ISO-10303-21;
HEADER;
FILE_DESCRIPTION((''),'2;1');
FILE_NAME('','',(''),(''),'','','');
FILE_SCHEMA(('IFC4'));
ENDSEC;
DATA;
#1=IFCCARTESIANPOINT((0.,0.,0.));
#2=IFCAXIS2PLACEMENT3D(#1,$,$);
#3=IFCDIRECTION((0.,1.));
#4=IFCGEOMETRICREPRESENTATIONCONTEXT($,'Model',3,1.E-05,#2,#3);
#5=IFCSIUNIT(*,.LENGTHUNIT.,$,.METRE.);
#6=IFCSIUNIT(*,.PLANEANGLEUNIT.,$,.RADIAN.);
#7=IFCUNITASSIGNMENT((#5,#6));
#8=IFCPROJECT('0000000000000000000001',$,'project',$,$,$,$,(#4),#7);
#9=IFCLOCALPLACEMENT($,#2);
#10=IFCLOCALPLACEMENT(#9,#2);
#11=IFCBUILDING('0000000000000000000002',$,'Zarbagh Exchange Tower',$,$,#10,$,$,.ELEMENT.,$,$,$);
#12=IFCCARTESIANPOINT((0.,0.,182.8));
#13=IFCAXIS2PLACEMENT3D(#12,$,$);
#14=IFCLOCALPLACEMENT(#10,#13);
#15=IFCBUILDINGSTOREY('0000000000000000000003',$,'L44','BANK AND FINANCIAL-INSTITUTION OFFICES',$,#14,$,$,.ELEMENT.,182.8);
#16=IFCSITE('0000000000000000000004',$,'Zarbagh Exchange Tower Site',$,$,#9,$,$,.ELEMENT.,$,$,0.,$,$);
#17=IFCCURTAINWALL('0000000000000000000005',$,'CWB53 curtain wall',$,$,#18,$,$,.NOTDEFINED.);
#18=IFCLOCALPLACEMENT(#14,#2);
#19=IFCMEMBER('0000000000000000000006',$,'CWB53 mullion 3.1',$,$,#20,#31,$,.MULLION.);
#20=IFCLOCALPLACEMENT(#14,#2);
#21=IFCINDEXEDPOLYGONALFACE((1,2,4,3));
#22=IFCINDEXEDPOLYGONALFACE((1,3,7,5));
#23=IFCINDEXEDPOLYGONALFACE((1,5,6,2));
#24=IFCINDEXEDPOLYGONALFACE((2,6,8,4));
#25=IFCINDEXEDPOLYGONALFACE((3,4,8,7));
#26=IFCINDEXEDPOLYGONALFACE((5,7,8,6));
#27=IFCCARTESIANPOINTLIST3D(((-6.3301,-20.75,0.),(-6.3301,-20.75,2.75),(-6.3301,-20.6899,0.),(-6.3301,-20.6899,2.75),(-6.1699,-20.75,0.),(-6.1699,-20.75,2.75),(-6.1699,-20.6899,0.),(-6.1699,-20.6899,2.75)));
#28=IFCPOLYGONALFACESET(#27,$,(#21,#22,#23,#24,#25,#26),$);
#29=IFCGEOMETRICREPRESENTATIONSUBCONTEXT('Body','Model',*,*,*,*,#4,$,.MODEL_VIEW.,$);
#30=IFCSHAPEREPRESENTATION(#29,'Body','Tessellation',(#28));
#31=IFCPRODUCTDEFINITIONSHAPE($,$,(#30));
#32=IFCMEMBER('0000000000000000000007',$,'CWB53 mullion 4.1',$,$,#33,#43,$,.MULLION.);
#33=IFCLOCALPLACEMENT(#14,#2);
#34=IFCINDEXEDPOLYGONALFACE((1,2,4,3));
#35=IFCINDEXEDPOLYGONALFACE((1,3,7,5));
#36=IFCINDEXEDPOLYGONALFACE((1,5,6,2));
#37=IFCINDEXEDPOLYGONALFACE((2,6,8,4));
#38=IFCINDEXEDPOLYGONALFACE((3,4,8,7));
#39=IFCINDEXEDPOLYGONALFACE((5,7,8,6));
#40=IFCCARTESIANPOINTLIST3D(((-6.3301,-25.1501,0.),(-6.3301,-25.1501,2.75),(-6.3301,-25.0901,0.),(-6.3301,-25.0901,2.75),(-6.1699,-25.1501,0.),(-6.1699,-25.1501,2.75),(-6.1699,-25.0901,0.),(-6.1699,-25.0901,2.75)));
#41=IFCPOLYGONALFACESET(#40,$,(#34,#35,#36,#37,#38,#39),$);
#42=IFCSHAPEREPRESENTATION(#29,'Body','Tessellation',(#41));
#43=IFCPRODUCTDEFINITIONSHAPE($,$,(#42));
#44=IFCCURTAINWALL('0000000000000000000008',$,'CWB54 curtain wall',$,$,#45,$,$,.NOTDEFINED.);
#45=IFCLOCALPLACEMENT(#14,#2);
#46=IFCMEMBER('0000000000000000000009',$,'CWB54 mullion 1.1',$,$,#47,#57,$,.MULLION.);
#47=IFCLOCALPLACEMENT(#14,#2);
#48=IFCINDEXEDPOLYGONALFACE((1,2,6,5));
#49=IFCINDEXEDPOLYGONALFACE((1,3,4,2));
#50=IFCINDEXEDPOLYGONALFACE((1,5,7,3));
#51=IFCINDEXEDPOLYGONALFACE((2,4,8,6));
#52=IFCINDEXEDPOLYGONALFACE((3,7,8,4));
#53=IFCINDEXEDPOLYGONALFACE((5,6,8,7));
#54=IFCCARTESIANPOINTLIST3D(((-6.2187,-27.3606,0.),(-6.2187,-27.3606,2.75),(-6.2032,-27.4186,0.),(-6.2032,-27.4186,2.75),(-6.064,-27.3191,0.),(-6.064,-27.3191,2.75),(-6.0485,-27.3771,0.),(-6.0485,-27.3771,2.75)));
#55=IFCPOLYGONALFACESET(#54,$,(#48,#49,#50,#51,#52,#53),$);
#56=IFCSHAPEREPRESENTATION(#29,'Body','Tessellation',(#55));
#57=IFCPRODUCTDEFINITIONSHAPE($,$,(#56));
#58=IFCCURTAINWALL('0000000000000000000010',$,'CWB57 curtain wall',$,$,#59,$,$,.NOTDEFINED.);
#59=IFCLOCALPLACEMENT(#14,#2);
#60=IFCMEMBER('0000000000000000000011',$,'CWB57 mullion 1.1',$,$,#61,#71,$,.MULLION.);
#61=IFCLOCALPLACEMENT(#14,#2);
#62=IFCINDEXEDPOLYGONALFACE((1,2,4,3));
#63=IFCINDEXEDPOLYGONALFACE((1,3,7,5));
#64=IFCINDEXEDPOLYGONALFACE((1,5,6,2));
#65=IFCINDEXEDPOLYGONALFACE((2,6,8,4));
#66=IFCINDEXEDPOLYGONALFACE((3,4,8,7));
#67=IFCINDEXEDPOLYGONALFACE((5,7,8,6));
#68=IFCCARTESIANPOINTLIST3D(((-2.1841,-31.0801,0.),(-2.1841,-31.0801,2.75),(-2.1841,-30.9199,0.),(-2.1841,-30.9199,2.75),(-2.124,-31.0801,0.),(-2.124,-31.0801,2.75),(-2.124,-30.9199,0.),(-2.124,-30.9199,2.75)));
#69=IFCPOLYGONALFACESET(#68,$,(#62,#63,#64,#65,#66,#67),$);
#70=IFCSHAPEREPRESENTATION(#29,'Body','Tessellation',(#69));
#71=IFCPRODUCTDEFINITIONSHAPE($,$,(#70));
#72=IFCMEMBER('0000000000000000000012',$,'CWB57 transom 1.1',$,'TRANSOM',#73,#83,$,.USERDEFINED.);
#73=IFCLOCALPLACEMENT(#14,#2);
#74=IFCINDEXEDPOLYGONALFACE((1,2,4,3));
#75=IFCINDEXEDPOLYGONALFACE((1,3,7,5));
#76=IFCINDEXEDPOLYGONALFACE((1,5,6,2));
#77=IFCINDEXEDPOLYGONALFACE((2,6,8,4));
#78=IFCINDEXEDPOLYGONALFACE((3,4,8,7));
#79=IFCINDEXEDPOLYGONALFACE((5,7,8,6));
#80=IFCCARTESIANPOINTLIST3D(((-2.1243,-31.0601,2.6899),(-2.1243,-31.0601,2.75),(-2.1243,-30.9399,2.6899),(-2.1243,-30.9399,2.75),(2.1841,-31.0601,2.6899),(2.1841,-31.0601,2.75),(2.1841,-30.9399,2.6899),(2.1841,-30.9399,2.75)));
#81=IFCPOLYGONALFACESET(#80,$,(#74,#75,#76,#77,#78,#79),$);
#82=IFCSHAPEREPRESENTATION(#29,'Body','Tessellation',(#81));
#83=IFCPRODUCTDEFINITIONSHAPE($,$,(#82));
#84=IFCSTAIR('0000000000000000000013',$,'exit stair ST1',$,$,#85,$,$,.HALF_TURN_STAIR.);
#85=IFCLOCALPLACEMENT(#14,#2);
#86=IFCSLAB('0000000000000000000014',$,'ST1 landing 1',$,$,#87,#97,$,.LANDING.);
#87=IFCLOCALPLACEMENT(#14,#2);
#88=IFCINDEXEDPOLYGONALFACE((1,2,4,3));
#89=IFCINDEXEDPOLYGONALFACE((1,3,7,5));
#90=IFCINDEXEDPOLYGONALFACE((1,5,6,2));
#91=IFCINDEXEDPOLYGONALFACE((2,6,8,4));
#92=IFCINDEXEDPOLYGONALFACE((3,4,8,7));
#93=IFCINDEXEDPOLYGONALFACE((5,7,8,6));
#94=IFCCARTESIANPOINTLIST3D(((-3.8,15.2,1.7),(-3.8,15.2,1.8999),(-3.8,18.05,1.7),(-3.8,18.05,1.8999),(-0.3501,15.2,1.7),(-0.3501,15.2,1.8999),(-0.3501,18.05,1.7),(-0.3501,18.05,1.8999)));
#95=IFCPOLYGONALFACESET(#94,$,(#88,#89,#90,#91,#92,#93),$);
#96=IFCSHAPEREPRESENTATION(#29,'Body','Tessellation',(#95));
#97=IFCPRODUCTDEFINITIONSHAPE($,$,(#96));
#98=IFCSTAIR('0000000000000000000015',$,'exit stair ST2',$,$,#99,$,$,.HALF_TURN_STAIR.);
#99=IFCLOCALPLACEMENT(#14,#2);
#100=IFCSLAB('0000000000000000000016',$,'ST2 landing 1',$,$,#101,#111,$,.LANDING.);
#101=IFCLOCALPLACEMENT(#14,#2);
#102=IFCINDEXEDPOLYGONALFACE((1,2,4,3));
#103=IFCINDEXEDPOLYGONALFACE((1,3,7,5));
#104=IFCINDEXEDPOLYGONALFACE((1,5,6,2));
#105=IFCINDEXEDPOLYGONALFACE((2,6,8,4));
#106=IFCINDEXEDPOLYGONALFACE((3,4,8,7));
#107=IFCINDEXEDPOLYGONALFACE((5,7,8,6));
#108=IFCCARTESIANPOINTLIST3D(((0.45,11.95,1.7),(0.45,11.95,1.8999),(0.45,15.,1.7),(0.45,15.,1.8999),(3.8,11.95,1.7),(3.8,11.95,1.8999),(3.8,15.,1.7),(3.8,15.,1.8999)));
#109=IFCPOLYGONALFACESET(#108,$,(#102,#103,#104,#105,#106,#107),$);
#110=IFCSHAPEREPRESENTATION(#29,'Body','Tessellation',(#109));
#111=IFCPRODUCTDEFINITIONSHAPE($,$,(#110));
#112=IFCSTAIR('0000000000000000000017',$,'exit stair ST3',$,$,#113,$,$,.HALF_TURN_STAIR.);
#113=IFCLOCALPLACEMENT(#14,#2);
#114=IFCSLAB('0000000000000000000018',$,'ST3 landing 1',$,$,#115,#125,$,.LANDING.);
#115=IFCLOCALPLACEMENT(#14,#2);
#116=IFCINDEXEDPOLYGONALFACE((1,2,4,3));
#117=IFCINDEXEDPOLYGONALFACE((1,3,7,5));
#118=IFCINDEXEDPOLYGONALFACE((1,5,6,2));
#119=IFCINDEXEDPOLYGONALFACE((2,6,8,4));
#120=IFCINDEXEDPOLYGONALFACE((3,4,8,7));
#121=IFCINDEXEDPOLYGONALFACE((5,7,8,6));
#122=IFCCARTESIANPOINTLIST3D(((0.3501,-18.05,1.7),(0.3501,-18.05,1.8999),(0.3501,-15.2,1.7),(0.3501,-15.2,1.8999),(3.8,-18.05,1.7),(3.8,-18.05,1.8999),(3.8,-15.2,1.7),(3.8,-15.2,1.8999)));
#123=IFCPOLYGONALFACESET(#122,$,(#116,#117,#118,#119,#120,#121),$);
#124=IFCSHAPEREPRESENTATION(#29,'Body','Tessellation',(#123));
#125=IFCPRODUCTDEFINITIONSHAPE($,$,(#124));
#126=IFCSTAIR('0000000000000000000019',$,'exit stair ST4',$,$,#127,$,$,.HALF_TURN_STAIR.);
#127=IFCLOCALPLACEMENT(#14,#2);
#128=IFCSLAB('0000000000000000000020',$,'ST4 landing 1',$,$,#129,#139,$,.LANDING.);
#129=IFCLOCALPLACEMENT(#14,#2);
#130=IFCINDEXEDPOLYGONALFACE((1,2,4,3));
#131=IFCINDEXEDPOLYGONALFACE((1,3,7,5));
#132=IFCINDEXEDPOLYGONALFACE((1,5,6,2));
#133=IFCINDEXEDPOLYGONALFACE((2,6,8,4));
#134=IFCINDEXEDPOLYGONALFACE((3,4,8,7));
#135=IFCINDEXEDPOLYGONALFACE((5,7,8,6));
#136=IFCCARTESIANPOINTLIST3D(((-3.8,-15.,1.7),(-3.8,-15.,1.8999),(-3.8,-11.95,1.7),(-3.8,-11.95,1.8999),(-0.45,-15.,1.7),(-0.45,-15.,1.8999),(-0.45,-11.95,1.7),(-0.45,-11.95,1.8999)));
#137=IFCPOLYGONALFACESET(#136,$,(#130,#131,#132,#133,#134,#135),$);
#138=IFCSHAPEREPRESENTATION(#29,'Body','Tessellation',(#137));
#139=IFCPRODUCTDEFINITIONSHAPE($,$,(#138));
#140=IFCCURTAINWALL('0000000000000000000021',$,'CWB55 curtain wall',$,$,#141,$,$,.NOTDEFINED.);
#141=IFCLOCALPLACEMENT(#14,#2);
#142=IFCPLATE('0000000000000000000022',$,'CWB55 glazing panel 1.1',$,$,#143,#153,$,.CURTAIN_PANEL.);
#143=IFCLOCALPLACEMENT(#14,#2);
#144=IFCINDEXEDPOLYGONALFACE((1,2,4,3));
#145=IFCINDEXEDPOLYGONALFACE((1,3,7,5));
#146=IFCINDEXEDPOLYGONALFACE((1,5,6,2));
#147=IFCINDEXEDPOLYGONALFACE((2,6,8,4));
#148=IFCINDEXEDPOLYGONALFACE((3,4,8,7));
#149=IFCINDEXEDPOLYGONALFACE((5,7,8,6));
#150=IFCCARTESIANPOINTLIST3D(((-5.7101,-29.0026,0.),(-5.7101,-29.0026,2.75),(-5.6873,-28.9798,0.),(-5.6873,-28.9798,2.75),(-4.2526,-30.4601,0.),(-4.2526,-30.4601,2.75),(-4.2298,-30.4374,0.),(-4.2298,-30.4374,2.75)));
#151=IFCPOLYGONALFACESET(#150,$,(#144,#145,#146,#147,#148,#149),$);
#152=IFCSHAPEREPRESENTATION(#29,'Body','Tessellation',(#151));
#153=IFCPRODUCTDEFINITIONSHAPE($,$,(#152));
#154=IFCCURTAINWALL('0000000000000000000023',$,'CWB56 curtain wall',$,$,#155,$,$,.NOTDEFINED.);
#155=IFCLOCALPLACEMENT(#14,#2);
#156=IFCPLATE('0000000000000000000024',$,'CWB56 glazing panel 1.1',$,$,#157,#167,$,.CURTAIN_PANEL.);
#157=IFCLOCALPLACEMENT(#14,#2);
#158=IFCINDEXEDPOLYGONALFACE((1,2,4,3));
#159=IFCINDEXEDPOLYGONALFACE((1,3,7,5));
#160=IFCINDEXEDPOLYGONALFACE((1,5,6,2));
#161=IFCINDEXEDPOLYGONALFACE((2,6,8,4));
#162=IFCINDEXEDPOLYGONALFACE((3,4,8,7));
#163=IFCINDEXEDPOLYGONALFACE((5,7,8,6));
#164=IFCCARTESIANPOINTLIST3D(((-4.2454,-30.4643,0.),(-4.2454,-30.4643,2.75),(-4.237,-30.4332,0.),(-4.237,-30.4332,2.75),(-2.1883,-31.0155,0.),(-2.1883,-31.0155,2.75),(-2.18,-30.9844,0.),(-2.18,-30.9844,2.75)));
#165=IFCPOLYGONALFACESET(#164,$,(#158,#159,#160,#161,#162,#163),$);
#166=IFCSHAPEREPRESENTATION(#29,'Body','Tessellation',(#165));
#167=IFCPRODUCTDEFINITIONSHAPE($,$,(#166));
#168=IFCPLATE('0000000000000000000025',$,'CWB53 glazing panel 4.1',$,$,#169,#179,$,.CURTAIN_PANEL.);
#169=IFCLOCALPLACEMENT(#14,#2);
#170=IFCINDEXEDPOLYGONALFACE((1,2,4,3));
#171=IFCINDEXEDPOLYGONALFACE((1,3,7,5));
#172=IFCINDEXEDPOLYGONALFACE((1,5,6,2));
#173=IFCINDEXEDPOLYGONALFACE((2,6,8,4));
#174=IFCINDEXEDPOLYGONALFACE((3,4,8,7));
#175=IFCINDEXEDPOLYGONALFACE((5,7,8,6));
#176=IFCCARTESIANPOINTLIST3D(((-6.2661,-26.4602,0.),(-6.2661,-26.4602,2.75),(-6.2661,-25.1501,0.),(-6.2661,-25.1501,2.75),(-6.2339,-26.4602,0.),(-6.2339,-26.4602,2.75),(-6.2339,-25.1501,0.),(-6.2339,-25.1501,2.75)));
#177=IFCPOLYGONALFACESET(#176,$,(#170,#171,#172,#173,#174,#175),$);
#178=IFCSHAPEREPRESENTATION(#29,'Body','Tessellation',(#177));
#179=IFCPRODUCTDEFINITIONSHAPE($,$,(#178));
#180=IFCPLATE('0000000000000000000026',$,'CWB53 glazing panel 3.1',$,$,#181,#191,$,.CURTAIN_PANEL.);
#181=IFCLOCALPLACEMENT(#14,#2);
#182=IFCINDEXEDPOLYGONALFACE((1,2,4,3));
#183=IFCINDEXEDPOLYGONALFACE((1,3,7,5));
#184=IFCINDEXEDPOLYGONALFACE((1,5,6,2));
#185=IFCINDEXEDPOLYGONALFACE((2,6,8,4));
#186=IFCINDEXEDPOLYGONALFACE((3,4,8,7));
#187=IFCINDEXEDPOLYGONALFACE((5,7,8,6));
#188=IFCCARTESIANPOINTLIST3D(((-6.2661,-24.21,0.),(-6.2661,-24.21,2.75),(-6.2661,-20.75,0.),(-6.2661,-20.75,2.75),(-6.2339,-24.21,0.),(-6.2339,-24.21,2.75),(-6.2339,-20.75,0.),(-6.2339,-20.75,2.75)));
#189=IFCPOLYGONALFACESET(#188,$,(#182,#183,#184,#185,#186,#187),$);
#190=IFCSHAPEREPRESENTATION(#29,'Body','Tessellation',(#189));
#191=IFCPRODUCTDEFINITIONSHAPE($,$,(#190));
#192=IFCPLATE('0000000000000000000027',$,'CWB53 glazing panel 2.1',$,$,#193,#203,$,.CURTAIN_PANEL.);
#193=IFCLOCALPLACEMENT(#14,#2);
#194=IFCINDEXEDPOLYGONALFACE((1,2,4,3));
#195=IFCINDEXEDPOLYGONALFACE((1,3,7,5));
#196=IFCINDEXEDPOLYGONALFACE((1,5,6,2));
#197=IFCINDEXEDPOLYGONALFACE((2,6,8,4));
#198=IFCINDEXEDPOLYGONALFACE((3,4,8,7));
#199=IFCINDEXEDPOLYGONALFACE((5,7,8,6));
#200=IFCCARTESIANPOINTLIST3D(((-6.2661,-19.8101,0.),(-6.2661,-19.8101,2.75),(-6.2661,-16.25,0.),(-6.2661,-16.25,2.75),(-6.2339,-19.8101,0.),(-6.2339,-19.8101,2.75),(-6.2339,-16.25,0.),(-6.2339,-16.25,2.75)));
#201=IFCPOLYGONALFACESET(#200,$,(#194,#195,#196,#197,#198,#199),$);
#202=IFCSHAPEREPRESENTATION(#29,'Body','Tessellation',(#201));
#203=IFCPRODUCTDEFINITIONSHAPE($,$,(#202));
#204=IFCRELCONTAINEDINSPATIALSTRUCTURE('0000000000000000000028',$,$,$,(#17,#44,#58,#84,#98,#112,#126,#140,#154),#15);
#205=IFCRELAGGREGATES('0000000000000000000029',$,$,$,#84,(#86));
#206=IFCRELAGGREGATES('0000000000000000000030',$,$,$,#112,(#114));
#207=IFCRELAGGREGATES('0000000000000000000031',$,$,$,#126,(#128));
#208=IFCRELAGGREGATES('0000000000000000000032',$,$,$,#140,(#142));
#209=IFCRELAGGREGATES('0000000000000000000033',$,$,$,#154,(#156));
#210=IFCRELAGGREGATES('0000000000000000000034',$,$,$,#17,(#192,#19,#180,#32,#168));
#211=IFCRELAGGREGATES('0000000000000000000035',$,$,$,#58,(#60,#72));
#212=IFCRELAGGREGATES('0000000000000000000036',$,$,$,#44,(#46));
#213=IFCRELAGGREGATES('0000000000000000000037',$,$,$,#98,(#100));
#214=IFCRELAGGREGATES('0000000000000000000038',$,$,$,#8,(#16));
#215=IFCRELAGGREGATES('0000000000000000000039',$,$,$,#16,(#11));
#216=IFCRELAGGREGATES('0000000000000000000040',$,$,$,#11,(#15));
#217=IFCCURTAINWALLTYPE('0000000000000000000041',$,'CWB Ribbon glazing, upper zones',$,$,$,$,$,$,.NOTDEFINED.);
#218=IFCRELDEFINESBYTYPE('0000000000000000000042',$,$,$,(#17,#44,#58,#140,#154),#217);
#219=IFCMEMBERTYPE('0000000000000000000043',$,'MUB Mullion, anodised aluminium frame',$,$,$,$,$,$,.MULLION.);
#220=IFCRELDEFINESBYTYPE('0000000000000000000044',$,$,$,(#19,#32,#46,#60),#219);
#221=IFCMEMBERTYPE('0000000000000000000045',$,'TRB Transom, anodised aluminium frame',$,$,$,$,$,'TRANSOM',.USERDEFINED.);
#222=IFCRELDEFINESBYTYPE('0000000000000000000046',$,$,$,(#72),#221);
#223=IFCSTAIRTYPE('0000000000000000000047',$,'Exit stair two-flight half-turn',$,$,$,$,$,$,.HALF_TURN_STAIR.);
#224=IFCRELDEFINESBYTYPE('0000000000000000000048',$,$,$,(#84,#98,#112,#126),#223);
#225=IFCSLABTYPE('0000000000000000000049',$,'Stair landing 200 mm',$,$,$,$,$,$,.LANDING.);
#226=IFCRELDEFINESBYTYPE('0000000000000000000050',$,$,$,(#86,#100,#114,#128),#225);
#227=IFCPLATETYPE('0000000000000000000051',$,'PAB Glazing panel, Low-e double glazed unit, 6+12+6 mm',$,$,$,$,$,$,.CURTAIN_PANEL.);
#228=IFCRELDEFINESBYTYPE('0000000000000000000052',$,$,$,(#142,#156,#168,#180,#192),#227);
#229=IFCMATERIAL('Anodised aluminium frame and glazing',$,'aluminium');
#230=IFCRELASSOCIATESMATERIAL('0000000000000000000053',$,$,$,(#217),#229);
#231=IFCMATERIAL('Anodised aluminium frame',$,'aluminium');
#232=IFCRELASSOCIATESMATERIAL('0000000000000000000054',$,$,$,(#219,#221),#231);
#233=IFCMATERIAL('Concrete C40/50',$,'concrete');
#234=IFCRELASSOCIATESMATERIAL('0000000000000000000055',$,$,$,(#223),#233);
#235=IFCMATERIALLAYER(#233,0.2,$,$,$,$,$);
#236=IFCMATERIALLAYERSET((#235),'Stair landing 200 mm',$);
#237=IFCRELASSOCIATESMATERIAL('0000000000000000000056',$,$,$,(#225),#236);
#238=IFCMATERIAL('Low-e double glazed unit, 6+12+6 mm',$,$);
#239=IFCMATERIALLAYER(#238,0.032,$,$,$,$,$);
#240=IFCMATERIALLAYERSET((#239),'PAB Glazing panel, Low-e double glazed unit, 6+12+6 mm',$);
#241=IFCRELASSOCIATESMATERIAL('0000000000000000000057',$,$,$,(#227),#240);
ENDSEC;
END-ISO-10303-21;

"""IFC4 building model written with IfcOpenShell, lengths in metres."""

from ifc_helpers import new_model, si_unit, direction, frame, origin, place, context, subcontext, project, spatial, polyline, outline, extrude, source, transform, mapped, material, layer, layer_set, type_object, element, aggregate, save


model = new_model("IFC4")

# Units and contexts
model_context = context("Model", 3, precision=1e-05, world=origin(), true_north=direction((0.0, 1.0)))
body_context = subcontext(model_context, "Body", "Model", "MODEL_VIEW")
ifc_project = project(units=[si_unit("LENGTHUNIT", "METRE"), si_unit("PLANEANGLEUNIT", "RADIAN")], contexts=[model_context])

# Site, building, storey
site_placement = place(None, origin())
site = spatial("IfcSite", under=ifc_project, at=site_placement, Name="Zarbagh Exchange Tower Site", CompositionType="ELEMENT", RefElevation=0.0)
building_placement = place(site_placement, origin())
building = spatial("IfcBuilding", under=site, at=building_placement, Name="Zarbagh Exchange Tower", CompositionType="ELEMENT")
storey_placement = place(building_placement, frame((0.0, 0.0, 182.8)))
storey = spatial("IfcBuildingStorey", under=building, at=storey_placement, Name="L44", Description="BANK AND FINANCIAL-INSTITUTION OFFICES", CompositionType="ELEMENT", Elevation=182.8)

# Curtain wall, members
ifc_material_1 = material(Name="Anodised aluminium frame and glazing", Category="aluminium")
curtain_wall_type = type_object("IfcCurtainWallType", Name="CWB Ribbon glazing, upper zones", PredefinedType="NOTDEFINED", material=ifc_material_1)
curtain_wall_1_placement = place(storey_placement, origin())
curtain_wall_1 = element("IfcCurtainWall", 1, at=curtain_wall_1_placement, inside=storey, type_object=curtain_wall_type, Name="CWB53 curtain wall", PredefinedType="NOTDEFINED")
ifc_material_2 = material(Name="Anodised aluminium frame", Category="aluminium")
member_type_1 = type_object("IfcMemberType", Name="MUB Mullion, anodised aluminium frame", PredefinedType="MULLION", material=ifc_material_2)
shared_shape_1 = source(origin(), body_context, "Body", "SweptSolid", [
    extrude(outline(polyline([(0.0, -0.0801), (0.0601, -0.0801), (0.0601, 0.0801), (0.0, 0.0801), (0.0, -0.0801)])), origin(), (0.0, 0.0, 1.0), 2.75),
])
placement = place(storey_placement, origin())
member_1 = element("IfcMember", 2, at=placement, type_object=member_type_1, Name="CWB53 mullion 3.1", PredefinedType="MULLION", context=body_context, shape_type="MappedRepresentation", body=[
    mapped(shared_shape_1, transform((-6.25, -20.6899, 0.0), x_axis=(0.0, -1.0, 0.0), y_axis=(1.0, 0.0, 0.0), z_axis=(0.0, 0.0, 1.0))),
])
member_2 = element("IfcMember", 3, at=placement, type_object=member_type_1, Name="CWB53 mullion 4.1", PredefinedType="MULLION", context=body_context, shape_type="MappedRepresentation", body=[
    mapped(shared_shape_1, transform((-6.25, -25.0901, 0.0), x_axis=(0.0, -1.0, 0.0), y_axis=(1.0, 0.0, 0.0), z_axis=(0.0, 0.0, 1.0))),
])

# Curtain wall, member
curtain_wall_2_placement = place(storey_placement, origin())
curtain_wall_2 = element("IfcCurtainWall", 4, at=curtain_wall_2_placement, inside=storey, type_object=curtain_wall_type, Name="CWB54 curtain wall", PredefinedType="NOTDEFINED")
member_3 = element("IfcMember", 5, at=placement, type_object=member_type_1, Name="CWB54 mullion 1.1", PredefinedType="MULLION", context=body_context, shape_type="MappedRepresentation", body=[
    mapped(shared_shape_1, transform((-6.1414, -27.3398, 0.0), x_axis=(0.258825, -0.965924, 0.0), y_axis=(0.965924, 0.258825, 0.0), z_axis=(0.0, 0.0, 1.0))),
])

# Curtain wall, members
curtain_wall_3_placement = place(storey_placement, origin())
curtain_wall_3 = element("IfcCurtainWall", 6, at=curtain_wall_3_placement, inside=storey, type_object=curtain_wall_type, Name="CWB57 curtain wall", PredefinedType="NOTDEFINED")
member_4 = element("IfcMember", 7, at=placement, type_object=member_type_1, Name="CWB57 mullion 1.1", PredefinedType="MULLION", context=body_context, shape_type="MappedRepresentation", body=[
    mapped(shared_shape_1, transform((-2.1841, -31.0, 0.0), x_axis=(1.0, 0.0, 0.0), y_axis=(0.0, 1.0, 0.0), z_axis=(0.0, 0.0, 1.0))),
])
member_type_2 = type_object("IfcMemberType", Name="TRB Transom, anodised aluminium frame", ElementType="TRANSOM", PredefinedType="USERDEFINED", material=ifc_material_2)
shared_shape_2 = source(origin(), body_context, "Body", "SweptSolid", [
    extrude(outline(polyline([(-0.0601, -0.0601), (0.0, -0.0601), (0.0, 0.0601), (-0.0601, 0.0601), (-0.0601, -0.0601)])), origin(), (0.0, 0.0, 1.0), 4.3083),
])
member_5 = element("IfcMember", 8, at=placement, type_object=member_type_2, Name="CWB57 transom 1.1", ObjectType="TRANSOM", PredefinedType="USERDEFINED", context=body_context, shape_type="MappedRepresentation", body=[
    mapped(shared_shape_2, transform((-2.1243, -31.0, 2.75), x_axis=(0.0, 0.0, 1.0), y_axis=(0.0, -1.0, 0.0), z_axis=(1.0, 0.0, 0.0))),
])

# Stairs, slabs
ifc_material_3 = material(Name="Concrete C40/50", Category="concrete")
stair_type = type_object("IfcStairType", Name="Exit stair two-flight half-turn", PredefinedType="HALF_TURN_STAIR", material=ifc_material_3)
stair_1_placement = place(storey_placement, origin())
stair_1 = element("IfcStair", 9, at=stair_1_placement, inside=storey, type_object=stair_type, Name="exit stair ST1", PredefinedType="HALF_TURN_STAIR")
ifc_layer_1 = layer(ifc_material_3, 0.2)
ifc_layer_set_1 = layer_set([ifc_layer_1], Name="Stair landing 200 mm")
slab_type = type_object("IfcSlabType", Name="Stair landing 200 mm", PredefinedType="LANDING", material=ifc_layer_set_1)
slab_1_placement = place(storey_placement, frame((0.0, 0.0, 1.7)))
slab_1 = element("IfcSlab", 10, at=slab_1_placement, type_object=slab_type, Name="ST1 landing 1", PredefinedType="LANDING", context=body_context, shape_type="SweptSolid", body=[
    extrude(outline(polyline([(-0.3501, 18.05), (-3.8, 18.05), (-3.8, 15.2), (-0.3501, 15.2), (-0.3501, 18.05)])), origin(), (0.0, 0.0, 1.0), 0.2),
])
aggregate(stair_1, [slab_1])
stair_2_placement = place(storey_placement, origin())
stair_2 = element("IfcStair", 11, at=stair_2_placement, inside=storey, type_object=stair_type, Name="exit stair ST2", PredefinedType="HALF_TURN_STAIR")
slab_2_placement = place(storey_placement, frame((0.0, 0.0, 1.7)))
slab_2 = element("IfcSlab", 12, at=slab_2_placement, type_object=slab_type, Name="ST2 landing 1", PredefinedType="LANDING", context=body_context, shape_type="SweptSolid", body=[
    extrude(outline(polyline([(0.45, 11.95), (3.8, 11.95), (3.8, 15.0), (0.45, 15.0), (0.45, 11.95)])), origin(), (0.0, 0.0, 1.0), 0.2),
])
stair_3_placement = place(storey_placement, origin())
stair_3 = element("IfcStair", 13, at=stair_3_placement, inside=storey, type_object=stair_type, Name="exit stair ST3", PredefinedType="HALF_TURN_STAIR")
slab_3_placement = place(storey_placement, frame((0.0, 0.0, 1.7)))
slab_3 = element("IfcSlab", 14, at=slab_3_placement, type_object=slab_type, Name="ST3 landing 1", PredefinedType="LANDING", context=body_context, shape_type="SweptSolid", body=[
    extrude(outline(polyline([(0.3501, -18.05), (3.8, -18.05), (3.8, -15.2), (0.3501, -15.2), (0.3501, -18.05)])), origin(), (0.0, 0.0, 1.0), 0.2),
])
aggregate(stair_3, [slab_3])
stair_4_placement = place(storey_placement, origin())
stair_4 = element("IfcStair", 15, at=stair_4_placement, inside=storey, type_object=stair_type, Name="exit stair ST4", PredefinedType="HALF_TURN_STAIR")
slab_4_placement = place(storey_placement, frame((0.0, 0.0, 1.7)))
slab_4 = element("IfcSlab", 16, at=slab_4_placement, type_object=slab_type, Name="ST4 landing 1", PredefinedType="LANDING", context=body_context, shape_type="SweptSolid", body=[
    extrude(outline(polyline([(-0.45, -11.95), (-3.8, -11.95), (-3.8, -15.0), (-0.45, -15.0), (-0.45, -11.95)])), origin(), (0.0, 0.0, 1.0), 0.2),
])
aggregate(stair_4, [slab_4])

# Curtain walls, plates
curtain_wall_4_placement = place(storey_placement, origin())
curtain_wall_4 = element("IfcCurtainWall", 17, at=curtain_wall_4_placement, inside=storey, type_object=curtain_wall_type, Name="CWB55 curtain wall", PredefinedType="NOTDEFINED")
ifc_material_4 = material(Name="Low-e double glazed unit, 6+12+6 mm")
ifc_layer_2 = layer(ifc_material_4, 0.032)
ifc_layer_set_2 = layer_set([ifc_layer_2], Name="PAB Glazing panel, Low-e double glazed unit, 6+12+6 mm")
plate_type = type_object("IfcPlateType", Name="PAB Glazing panel, Low-e double glazed unit, 6+12+6 mm", PredefinedType="CURTAIN_PANEL", material=ifc_layer_set_2)
shared_shape_3 = source(origin(), body_context, "Body", "SweptSolid", [
    extrude(outline(polyline([(0.0, -0.0161), (2.0613, -0.0161), (2.0613, 0.0161), (0.0, 0.0161), (0.0, -0.0161)])), origin(), (0.0, 0.0, 1.0), 2.75),
])
plate_1 = element("IfcPlate", 18, at=placement, type_object=plate_type, Name="CWB55 glazing panel 1.1", PredefinedType="CURTAIN_PANEL", context=body_context, shape_type="MappedRepresentation", body=[
    mapped(shared_shape_3, transform((-5.6987, -28.9912, 0.0), x_axis=(0.707107, -0.707107, 0.0), y_axis=(0.707107, 0.707107, 0.0), z_axis=(0.0, 0.0, 1.0))),
])
aggregate(curtain_wall_4, [plate_1])
curtain_wall_5_placement = place(storey_placement, origin())
curtain_wall_5 = element("IfcCurtainWall", 19, at=curtain_wall_5_placement, inside=storey, type_object=curtain_wall_type, Name="CWB56 curtain wall", PredefinedType="NOTDEFINED")
shared_shape_4 = source(origin(), body_context, "Body", "SweptSolid", [
    extrude(outline(polyline([(0.0, -0.0161), (2.1296, -0.0161), (2.1296, 0.0161), (0.0, 0.0161), (0.0, -0.0161)])), origin(), (0.0, 0.0, 1.0), 2.75),
])
plate_2 = element("IfcPlate", 20, at=placement, type_object=plate_type, Name="CWB56 glazing panel 1.1", PredefinedType="CURTAIN_PANEL", context=body_context, shape_type="MappedRepresentation", body=[
    mapped(shared_shape_4, transform((-4.2412, -30.4487, 0.0), x_axis=(0.965924, -0.258825, 0.0), y_axis=(0.258825, 0.965924, 0.0), z_axis=(0.0, 0.0, 1.0))),
])
aggregate(curtain_wall_5, [plate_2])

# Plates
shared_shape_5 = source(origin(), body_context, "Body", "SweptSolid", [
    extrude(outline(polyline([(0.0, -0.0161), (1.3101, -0.0161), (1.3101, 0.0161), (0.0, 0.0161), (0.0, -0.0161)])), origin(), (0.0, 0.0, 1.0), 2.75),
])
plate_3 = element("IfcPlate", 21, at=placement, type_object=plate_type, Name="CWB53 glazing panel 4.1", PredefinedType="CURTAIN_PANEL", context=body_context, shape_type="MappedRepresentation", body=[
    mapped(shared_shape_5, transform((-6.25, -25.1501, 0.0), x_axis=(0.0, -1.0, 0.0), y_axis=(1.0, 0.0, 0.0), z_axis=(0.0, 0.0, 1.0))),
])
shared_shape_6 = source(origin(), body_context, "Body", "SweptSolid", [
    extrude(outline(polyline([(0.0, -0.0161), (3.46, -0.0161), (3.46, 0.0161), (0.0, 0.0161), (0.0, -0.0161)])), origin(), (0.0, 0.0, 1.0), 2.75),
])
plate_4 = element("IfcPlate", 22, at=placement, type_object=plate_type, Name="CWB53 glazing panel 3.1", PredefinedType="CURTAIN_PANEL", context=body_context, shape_type="MappedRepresentation", body=[
    mapped(shared_shape_6, transform((-6.25, -20.75, 0.0), x_axis=(0.0, -1.0, 0.0), y_axis=(1.0, 0.0, 0.0), z_axis=(0.0, 0.0, 1.0))),
])
shared_shape_7 = source(origin(), body_context, "Body", "SweptSolid", [
    extrude(outline(polyline([(0.0, -0.0161), (3.5601, -0.0161), (3.5601, 0.0161), (0.0, 0.0161), (0.0, -0.0161)])), origin(), (0.0, 0.0, 1.0), 2.75),
])
plate_5 = element("IfcPlate", 23, at=placement, type_object=plate_type, Name="CWB53 glazing panel 2.1", PredefinedType="CURTAIN_PANEL", context=body_context, shape_type="MappedRepresentation", body=[
    mapped(shared_shape_7, transform((-6.25, -16.25, 0.0), x_axis=(0.0, -1.0, 0.0), y_axis=(1.0, 0.0, 0.0), z_axis=(0.0, 0.0, 1.0))),
])
aggregate(curtain_wall_1, [plate_5, member_1, plate_4, member_2, plate_3])
aggregate(curtain_wall_3, [member_4, member_5])
aggregate(curtain_wall_2, [member_3])

aggregate(stair_2, [slab_2])

save(model, "model.ifc")
